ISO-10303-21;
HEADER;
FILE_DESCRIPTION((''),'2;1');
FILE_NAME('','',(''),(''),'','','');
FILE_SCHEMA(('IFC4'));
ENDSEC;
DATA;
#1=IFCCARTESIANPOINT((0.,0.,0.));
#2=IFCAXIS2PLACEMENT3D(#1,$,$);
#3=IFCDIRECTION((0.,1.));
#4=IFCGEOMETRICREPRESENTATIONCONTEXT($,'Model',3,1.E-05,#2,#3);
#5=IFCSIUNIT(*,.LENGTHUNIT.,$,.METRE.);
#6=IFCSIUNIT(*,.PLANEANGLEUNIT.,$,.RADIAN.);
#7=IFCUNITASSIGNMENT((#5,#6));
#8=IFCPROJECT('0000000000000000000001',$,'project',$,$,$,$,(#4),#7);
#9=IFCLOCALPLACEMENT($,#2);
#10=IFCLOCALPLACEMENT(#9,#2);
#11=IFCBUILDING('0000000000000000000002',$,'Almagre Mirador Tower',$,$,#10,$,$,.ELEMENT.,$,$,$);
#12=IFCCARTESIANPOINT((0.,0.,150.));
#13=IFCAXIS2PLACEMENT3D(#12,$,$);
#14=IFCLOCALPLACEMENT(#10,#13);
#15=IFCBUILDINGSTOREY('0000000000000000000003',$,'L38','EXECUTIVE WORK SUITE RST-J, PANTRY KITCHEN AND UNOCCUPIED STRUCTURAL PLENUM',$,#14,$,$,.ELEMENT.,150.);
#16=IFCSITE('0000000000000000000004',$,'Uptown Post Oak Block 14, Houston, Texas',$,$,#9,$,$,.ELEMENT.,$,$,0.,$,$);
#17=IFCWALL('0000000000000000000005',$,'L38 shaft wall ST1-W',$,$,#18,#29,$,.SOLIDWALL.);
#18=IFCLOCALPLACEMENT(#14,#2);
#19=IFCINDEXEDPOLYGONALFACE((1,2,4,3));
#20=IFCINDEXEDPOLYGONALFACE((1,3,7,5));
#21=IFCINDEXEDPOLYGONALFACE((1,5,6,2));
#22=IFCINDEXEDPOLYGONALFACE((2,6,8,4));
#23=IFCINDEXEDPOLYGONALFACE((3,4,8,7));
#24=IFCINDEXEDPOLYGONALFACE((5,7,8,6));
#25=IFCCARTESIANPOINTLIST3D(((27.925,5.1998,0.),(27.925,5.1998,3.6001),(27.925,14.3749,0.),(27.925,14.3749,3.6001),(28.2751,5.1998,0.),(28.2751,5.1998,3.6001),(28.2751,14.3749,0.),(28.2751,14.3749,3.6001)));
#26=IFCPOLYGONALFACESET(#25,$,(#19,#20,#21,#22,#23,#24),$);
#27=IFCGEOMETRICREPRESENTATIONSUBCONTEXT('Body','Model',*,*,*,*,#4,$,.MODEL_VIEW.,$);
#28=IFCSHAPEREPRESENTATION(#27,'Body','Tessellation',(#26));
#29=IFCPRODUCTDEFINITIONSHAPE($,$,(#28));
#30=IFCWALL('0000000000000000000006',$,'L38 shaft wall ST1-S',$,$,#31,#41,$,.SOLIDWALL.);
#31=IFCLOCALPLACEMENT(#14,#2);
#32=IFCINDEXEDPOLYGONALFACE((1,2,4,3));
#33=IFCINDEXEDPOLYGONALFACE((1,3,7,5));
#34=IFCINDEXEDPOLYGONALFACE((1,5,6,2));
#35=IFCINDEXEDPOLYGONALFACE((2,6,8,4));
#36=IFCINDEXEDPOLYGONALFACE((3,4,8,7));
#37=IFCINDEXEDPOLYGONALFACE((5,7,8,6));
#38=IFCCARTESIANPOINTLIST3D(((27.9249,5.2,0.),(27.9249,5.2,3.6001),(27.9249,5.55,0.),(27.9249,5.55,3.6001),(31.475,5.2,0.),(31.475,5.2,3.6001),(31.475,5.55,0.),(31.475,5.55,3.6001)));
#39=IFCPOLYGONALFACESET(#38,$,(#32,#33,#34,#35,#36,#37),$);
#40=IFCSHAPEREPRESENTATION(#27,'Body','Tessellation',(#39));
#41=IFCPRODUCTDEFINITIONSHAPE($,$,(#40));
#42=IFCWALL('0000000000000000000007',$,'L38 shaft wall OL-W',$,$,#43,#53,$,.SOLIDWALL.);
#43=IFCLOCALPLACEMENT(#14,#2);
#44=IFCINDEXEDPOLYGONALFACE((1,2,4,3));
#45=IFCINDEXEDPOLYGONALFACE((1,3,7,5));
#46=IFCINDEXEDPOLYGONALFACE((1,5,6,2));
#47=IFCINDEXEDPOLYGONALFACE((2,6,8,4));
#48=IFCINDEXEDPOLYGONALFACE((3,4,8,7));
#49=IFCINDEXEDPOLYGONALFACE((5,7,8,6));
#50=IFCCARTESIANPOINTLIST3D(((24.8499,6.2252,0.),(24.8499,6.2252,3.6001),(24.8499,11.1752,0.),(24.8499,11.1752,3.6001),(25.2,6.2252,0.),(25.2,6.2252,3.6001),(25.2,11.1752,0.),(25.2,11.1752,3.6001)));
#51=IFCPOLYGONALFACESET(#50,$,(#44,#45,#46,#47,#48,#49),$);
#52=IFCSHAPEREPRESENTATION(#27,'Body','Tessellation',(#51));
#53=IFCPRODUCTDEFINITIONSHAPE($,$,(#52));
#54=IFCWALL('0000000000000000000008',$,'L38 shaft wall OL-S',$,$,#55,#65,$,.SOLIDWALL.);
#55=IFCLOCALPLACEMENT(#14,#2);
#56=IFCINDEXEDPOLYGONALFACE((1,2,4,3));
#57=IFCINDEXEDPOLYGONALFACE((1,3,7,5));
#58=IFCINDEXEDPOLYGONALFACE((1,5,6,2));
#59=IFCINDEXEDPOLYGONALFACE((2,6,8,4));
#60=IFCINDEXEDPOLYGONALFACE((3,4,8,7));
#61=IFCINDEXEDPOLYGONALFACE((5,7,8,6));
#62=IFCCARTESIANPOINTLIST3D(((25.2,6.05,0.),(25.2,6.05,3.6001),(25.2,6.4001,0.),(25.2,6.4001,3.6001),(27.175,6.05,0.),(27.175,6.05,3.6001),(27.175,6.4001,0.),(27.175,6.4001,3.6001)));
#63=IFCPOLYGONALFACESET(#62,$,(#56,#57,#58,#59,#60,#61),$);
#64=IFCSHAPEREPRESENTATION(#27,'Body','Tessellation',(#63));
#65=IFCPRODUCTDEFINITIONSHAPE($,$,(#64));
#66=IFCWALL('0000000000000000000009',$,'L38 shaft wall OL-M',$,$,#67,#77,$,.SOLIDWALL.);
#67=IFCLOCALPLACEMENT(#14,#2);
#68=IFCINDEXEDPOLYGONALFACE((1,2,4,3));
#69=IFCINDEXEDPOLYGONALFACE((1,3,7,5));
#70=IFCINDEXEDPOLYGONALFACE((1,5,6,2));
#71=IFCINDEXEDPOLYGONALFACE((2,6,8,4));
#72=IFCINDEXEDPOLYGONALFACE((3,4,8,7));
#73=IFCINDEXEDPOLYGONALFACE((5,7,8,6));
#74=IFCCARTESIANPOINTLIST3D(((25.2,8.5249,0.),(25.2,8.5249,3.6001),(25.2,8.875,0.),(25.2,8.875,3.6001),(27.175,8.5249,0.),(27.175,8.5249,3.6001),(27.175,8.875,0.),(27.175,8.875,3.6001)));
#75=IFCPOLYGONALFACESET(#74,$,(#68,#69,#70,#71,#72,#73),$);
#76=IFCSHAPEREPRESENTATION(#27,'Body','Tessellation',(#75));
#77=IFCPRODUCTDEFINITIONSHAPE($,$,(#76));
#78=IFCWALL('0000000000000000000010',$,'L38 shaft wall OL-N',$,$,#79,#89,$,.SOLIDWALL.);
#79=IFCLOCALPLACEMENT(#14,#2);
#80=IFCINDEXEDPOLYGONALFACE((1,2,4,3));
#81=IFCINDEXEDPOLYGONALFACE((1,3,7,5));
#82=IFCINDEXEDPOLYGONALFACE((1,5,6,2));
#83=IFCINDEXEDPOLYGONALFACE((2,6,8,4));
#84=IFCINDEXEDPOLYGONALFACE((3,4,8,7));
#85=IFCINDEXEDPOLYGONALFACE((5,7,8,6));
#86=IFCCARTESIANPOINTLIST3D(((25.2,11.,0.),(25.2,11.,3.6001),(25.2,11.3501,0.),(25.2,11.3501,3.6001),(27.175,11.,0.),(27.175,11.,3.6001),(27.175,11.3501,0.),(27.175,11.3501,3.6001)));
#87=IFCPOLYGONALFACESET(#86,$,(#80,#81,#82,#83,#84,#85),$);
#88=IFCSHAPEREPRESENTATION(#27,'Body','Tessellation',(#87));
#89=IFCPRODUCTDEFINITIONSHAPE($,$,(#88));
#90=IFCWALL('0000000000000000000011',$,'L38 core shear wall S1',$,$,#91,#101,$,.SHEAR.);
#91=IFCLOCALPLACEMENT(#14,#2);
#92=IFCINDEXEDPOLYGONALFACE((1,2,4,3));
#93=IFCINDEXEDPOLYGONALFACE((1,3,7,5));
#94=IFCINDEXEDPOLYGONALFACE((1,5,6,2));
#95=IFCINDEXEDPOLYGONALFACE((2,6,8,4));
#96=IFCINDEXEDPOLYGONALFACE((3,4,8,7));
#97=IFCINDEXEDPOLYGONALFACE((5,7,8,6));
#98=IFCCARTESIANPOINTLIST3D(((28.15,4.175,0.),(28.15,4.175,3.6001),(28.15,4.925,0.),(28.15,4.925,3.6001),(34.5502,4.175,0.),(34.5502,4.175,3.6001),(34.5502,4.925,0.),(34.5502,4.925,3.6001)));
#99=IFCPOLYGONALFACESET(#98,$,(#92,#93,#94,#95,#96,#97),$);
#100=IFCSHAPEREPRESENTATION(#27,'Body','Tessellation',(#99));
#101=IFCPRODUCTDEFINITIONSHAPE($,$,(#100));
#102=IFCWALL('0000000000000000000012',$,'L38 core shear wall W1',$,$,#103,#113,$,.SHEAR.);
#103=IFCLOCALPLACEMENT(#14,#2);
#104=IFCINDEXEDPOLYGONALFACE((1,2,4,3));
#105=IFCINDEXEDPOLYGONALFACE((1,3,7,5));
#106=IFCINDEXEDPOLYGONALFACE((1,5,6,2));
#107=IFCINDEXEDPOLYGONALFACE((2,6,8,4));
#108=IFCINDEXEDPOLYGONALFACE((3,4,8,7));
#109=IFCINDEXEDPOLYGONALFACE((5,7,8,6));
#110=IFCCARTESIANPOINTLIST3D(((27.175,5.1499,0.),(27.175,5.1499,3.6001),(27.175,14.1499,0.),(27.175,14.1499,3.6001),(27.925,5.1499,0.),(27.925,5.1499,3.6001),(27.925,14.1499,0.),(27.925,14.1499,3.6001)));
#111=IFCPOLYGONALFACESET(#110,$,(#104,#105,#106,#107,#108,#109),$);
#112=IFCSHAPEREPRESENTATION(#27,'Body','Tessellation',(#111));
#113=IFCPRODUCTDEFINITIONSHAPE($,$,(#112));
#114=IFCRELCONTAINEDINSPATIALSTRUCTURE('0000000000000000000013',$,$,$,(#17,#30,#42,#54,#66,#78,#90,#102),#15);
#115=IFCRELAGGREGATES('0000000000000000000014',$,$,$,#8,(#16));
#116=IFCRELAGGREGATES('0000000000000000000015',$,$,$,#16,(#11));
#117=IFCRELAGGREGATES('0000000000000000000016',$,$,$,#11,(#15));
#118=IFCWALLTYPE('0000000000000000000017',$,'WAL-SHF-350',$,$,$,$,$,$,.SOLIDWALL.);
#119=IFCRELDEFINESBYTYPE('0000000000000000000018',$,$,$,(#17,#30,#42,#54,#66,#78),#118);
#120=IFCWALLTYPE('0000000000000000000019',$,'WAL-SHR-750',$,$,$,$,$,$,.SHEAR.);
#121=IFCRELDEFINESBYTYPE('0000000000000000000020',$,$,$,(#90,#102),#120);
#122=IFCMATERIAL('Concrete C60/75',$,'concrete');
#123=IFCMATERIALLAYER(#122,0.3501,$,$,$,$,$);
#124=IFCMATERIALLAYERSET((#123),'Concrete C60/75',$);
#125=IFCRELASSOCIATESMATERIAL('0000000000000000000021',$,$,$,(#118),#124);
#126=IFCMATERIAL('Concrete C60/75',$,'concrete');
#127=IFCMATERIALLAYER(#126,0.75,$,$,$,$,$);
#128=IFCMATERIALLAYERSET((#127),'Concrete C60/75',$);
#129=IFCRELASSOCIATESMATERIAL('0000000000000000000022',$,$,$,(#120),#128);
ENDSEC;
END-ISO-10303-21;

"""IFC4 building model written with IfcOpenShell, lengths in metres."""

from ifc_helpers import new_model, si_unit, direction, frame, frame_2d, origin, place, context, subcontext, project, spatial, rectangle, extrude, material, layer, layer_set, type_object, element, save


model = new_model("IFC4")

# Units and contexts
model_context = context("Model", 3, precision=1e-05, world=origin(), true_north=direction((0.0, 1.0)))
body_context = subcontext(model_context, "Body", "Model", "MODEL_VIEW")
ifc_project = project(units=[si_unit("LENGTHUNIT", "METRE"), si_unit("PLANEANGLEUNIT", "RADIAN")], contexts=[model_context])

# Site, building, storey
site_placement = place(None, origin())
site = spatial("IfcSite", under=ifc_project, at=site_placement, Name="Uptown Post Oak Block 14, Houston, Texas", CompositionType="ELEMENT", RefElevation=0.0)
building_placement = place(site_placement, origin())
building = spatial("IfcBuilding", under=site, at=building_placement, Name="Almagre Mirador Tower", CompositionType="ELEMENT")
storey_placement = place(building_placement, frame((0.0, 0.0, 150.0)))
storey = spatial("IfcBuildingStorey", under=building, at=storey_placement, Name="L38", Description="EXECUTIVE WORK SUITE RST-J, PANTRY KITCHEN AND UNOCCUPIED STRUCTURAL PLENUM", CompositionType="ELEMENT", Elevation=150.0)

# Walls
ifc_material_1 = material(Name="Concrete C60/75", Category="concrete")
ifc_layer_1 = layer(ifc_material_1, 0.3501)
ifc_layer_set_1 = layer_set([ifc_layer_1], Name="Concrete C60/75")
wall_type_1 = type_object("IfcWallType", Name="WAL-SHF-350", PredefinedType="SOLIDWALL", material=ifc_layer_set_1)
wall_1_placement = place(storey_placement, frame((28.1001, 5.2, 0.0), z_axis=(0.0, 0.0, 1.0), x_axis=(0.0, 1.0, 0.0)))
element("IfcWall", 1, at=wall_1_placement, inside=storey, type_object=wall_type_1, Name="L38 shaft wall ST1-W", PredefinedType="SOLIDWALL", context=body_context, shape_type="SweptSolid", body=[
    extrude(rectangle(XDim=9.175, YDim=0.3501, at=frame_2d((4.5874, 0.0))), origin(), (0.0, 0.0, 1.0), 3.6001),
])
wall_2_placement = place(storey_placement, frame((27.925, 5.375, 0.0), z_axis=(0.0, 0.0, 1.0), x_axis=(1.0, 0.0, 0.0)))
element("IfcWall", 2, at=wall_2_placement, inside=storey, type_object=wall_type_1, Name="L38 shaft wall ST1-S", PredefinedType="SOLIDWALL", context=body_context, shape_type="SweptSolid", body=[
    extrude(rectangle(XDim=3.55, YDim=0.3501, at=frame_2d((1.7749, 0.0))), origin(), (0.0, 0.0, 1.0), 3.6001),
])
wall_3_placement = place(storey_placement, frame((25.0249, 6.2251, 0.0), z_axis=(0.0, 0.0, 1.0), x_axis=(0.0, 1.0, 0.0)))
element("IfcWall", 3, at=wall_3_placement, inside=storey, type_object=wall_type_1, Name="L38 shaft wall OL-W", PredefinedType="SOLIDWALL", context=body_context, shape_type="SweptSolid", body=[
    extrude(rectangle(XDim=4.95, YDim=0.3501, at=frame_2d((2.4751, 0.0))), origin(), (0.0, 0.0, 1.0), 3.6001),
])
for number, where, z_axis, x_axis, name in (
    (4, (25.2, 6.2251, 0.0), (0.0, 0.0, 1.0), (1.0, 0.0, 0.0), "L38 shaft wall OL-S"),
    (5, (25.2, 8.7, 0.0), (0.0, 0.0, 1.0), (1.0, 0.0, 0.0), "L38 shaft wall OL-M"),
    (6, (25.2, 11.175, 0.0), (0.0, 0.0, 1.0), (1.0, 0.0, 0.0), "L38 shaft wall OL-N"),
):
    element("IfcWall", number, at=place(storey_placement, frame(where, z_axis=z_axis, x_axis=x_axis)), inside=storey, type_object=wall_type_1, Name=name, PredefinedType="SOLIDWALL", context=body_context, shape_type="SweptSolid", body=[
        extrude(rectangle(XDim=1.9751, YDim=0.3501, at=frame_2d((0.9875, 0.0))), origin(), (0.0, 0.0, 1.0), 3.6001),
    ])
ifc_material_2 = material(Name="Concrete C60/75", Category="concrete")
ifc_layer_2 = layer(ifc_material_2, 0.75)
ifc_layer_set_2 = layer_set([ifc_layer_2], Name="Concrete C60/75")
wall_type_2 = type_object("IfcWallType", Name="WAL-SHR-750", PredefinedType="SHEAR", material=ifc_layer_set_2)
wall_4_placement = place(storey_placement, frame((28.1499, 4.55, 0.0), z_axis=(0.0, 0.0, 1.0), x_axis=(1.0, 0.0, 0.0)))
element("IfcWall", 7, at=wall_4_placement, inside=storey, type_object=wall_type_2, Name="L38 core shear wall S1", PredefinedType="SHEAR", context=body_context, shape_type="SweptSolid", body=[
    extrude(rectangle(XDim=6.4001, YDim=0.75, at=frame_2d((3.2002, 0.0))), origin(), (0.0, 0.0, 1.0), 3.6001),
])
wall_5_placement = place(storey_placement, frame((27.55, 5.1499, 0.0), z_axis=(0.0, 0.0, 1.0), x_axis=(0.0, 1.0, 0.0)))
element("IfcWall", 8, at=wall_5_placement, inside=storey, type_object=wall_type_2, Name="L38 core shear wall W1", PredefinedType="SHEAR", context=body_context, shape_type="SweptSolid", body=[
    extrude(rectangle(XDim=9.0, YDim=0.75, at=frame_2d((4.5, 0.0))), origin(), (0.0, 0.0, 1.0), 3.6001),
])

save(model, "model.ifc")
